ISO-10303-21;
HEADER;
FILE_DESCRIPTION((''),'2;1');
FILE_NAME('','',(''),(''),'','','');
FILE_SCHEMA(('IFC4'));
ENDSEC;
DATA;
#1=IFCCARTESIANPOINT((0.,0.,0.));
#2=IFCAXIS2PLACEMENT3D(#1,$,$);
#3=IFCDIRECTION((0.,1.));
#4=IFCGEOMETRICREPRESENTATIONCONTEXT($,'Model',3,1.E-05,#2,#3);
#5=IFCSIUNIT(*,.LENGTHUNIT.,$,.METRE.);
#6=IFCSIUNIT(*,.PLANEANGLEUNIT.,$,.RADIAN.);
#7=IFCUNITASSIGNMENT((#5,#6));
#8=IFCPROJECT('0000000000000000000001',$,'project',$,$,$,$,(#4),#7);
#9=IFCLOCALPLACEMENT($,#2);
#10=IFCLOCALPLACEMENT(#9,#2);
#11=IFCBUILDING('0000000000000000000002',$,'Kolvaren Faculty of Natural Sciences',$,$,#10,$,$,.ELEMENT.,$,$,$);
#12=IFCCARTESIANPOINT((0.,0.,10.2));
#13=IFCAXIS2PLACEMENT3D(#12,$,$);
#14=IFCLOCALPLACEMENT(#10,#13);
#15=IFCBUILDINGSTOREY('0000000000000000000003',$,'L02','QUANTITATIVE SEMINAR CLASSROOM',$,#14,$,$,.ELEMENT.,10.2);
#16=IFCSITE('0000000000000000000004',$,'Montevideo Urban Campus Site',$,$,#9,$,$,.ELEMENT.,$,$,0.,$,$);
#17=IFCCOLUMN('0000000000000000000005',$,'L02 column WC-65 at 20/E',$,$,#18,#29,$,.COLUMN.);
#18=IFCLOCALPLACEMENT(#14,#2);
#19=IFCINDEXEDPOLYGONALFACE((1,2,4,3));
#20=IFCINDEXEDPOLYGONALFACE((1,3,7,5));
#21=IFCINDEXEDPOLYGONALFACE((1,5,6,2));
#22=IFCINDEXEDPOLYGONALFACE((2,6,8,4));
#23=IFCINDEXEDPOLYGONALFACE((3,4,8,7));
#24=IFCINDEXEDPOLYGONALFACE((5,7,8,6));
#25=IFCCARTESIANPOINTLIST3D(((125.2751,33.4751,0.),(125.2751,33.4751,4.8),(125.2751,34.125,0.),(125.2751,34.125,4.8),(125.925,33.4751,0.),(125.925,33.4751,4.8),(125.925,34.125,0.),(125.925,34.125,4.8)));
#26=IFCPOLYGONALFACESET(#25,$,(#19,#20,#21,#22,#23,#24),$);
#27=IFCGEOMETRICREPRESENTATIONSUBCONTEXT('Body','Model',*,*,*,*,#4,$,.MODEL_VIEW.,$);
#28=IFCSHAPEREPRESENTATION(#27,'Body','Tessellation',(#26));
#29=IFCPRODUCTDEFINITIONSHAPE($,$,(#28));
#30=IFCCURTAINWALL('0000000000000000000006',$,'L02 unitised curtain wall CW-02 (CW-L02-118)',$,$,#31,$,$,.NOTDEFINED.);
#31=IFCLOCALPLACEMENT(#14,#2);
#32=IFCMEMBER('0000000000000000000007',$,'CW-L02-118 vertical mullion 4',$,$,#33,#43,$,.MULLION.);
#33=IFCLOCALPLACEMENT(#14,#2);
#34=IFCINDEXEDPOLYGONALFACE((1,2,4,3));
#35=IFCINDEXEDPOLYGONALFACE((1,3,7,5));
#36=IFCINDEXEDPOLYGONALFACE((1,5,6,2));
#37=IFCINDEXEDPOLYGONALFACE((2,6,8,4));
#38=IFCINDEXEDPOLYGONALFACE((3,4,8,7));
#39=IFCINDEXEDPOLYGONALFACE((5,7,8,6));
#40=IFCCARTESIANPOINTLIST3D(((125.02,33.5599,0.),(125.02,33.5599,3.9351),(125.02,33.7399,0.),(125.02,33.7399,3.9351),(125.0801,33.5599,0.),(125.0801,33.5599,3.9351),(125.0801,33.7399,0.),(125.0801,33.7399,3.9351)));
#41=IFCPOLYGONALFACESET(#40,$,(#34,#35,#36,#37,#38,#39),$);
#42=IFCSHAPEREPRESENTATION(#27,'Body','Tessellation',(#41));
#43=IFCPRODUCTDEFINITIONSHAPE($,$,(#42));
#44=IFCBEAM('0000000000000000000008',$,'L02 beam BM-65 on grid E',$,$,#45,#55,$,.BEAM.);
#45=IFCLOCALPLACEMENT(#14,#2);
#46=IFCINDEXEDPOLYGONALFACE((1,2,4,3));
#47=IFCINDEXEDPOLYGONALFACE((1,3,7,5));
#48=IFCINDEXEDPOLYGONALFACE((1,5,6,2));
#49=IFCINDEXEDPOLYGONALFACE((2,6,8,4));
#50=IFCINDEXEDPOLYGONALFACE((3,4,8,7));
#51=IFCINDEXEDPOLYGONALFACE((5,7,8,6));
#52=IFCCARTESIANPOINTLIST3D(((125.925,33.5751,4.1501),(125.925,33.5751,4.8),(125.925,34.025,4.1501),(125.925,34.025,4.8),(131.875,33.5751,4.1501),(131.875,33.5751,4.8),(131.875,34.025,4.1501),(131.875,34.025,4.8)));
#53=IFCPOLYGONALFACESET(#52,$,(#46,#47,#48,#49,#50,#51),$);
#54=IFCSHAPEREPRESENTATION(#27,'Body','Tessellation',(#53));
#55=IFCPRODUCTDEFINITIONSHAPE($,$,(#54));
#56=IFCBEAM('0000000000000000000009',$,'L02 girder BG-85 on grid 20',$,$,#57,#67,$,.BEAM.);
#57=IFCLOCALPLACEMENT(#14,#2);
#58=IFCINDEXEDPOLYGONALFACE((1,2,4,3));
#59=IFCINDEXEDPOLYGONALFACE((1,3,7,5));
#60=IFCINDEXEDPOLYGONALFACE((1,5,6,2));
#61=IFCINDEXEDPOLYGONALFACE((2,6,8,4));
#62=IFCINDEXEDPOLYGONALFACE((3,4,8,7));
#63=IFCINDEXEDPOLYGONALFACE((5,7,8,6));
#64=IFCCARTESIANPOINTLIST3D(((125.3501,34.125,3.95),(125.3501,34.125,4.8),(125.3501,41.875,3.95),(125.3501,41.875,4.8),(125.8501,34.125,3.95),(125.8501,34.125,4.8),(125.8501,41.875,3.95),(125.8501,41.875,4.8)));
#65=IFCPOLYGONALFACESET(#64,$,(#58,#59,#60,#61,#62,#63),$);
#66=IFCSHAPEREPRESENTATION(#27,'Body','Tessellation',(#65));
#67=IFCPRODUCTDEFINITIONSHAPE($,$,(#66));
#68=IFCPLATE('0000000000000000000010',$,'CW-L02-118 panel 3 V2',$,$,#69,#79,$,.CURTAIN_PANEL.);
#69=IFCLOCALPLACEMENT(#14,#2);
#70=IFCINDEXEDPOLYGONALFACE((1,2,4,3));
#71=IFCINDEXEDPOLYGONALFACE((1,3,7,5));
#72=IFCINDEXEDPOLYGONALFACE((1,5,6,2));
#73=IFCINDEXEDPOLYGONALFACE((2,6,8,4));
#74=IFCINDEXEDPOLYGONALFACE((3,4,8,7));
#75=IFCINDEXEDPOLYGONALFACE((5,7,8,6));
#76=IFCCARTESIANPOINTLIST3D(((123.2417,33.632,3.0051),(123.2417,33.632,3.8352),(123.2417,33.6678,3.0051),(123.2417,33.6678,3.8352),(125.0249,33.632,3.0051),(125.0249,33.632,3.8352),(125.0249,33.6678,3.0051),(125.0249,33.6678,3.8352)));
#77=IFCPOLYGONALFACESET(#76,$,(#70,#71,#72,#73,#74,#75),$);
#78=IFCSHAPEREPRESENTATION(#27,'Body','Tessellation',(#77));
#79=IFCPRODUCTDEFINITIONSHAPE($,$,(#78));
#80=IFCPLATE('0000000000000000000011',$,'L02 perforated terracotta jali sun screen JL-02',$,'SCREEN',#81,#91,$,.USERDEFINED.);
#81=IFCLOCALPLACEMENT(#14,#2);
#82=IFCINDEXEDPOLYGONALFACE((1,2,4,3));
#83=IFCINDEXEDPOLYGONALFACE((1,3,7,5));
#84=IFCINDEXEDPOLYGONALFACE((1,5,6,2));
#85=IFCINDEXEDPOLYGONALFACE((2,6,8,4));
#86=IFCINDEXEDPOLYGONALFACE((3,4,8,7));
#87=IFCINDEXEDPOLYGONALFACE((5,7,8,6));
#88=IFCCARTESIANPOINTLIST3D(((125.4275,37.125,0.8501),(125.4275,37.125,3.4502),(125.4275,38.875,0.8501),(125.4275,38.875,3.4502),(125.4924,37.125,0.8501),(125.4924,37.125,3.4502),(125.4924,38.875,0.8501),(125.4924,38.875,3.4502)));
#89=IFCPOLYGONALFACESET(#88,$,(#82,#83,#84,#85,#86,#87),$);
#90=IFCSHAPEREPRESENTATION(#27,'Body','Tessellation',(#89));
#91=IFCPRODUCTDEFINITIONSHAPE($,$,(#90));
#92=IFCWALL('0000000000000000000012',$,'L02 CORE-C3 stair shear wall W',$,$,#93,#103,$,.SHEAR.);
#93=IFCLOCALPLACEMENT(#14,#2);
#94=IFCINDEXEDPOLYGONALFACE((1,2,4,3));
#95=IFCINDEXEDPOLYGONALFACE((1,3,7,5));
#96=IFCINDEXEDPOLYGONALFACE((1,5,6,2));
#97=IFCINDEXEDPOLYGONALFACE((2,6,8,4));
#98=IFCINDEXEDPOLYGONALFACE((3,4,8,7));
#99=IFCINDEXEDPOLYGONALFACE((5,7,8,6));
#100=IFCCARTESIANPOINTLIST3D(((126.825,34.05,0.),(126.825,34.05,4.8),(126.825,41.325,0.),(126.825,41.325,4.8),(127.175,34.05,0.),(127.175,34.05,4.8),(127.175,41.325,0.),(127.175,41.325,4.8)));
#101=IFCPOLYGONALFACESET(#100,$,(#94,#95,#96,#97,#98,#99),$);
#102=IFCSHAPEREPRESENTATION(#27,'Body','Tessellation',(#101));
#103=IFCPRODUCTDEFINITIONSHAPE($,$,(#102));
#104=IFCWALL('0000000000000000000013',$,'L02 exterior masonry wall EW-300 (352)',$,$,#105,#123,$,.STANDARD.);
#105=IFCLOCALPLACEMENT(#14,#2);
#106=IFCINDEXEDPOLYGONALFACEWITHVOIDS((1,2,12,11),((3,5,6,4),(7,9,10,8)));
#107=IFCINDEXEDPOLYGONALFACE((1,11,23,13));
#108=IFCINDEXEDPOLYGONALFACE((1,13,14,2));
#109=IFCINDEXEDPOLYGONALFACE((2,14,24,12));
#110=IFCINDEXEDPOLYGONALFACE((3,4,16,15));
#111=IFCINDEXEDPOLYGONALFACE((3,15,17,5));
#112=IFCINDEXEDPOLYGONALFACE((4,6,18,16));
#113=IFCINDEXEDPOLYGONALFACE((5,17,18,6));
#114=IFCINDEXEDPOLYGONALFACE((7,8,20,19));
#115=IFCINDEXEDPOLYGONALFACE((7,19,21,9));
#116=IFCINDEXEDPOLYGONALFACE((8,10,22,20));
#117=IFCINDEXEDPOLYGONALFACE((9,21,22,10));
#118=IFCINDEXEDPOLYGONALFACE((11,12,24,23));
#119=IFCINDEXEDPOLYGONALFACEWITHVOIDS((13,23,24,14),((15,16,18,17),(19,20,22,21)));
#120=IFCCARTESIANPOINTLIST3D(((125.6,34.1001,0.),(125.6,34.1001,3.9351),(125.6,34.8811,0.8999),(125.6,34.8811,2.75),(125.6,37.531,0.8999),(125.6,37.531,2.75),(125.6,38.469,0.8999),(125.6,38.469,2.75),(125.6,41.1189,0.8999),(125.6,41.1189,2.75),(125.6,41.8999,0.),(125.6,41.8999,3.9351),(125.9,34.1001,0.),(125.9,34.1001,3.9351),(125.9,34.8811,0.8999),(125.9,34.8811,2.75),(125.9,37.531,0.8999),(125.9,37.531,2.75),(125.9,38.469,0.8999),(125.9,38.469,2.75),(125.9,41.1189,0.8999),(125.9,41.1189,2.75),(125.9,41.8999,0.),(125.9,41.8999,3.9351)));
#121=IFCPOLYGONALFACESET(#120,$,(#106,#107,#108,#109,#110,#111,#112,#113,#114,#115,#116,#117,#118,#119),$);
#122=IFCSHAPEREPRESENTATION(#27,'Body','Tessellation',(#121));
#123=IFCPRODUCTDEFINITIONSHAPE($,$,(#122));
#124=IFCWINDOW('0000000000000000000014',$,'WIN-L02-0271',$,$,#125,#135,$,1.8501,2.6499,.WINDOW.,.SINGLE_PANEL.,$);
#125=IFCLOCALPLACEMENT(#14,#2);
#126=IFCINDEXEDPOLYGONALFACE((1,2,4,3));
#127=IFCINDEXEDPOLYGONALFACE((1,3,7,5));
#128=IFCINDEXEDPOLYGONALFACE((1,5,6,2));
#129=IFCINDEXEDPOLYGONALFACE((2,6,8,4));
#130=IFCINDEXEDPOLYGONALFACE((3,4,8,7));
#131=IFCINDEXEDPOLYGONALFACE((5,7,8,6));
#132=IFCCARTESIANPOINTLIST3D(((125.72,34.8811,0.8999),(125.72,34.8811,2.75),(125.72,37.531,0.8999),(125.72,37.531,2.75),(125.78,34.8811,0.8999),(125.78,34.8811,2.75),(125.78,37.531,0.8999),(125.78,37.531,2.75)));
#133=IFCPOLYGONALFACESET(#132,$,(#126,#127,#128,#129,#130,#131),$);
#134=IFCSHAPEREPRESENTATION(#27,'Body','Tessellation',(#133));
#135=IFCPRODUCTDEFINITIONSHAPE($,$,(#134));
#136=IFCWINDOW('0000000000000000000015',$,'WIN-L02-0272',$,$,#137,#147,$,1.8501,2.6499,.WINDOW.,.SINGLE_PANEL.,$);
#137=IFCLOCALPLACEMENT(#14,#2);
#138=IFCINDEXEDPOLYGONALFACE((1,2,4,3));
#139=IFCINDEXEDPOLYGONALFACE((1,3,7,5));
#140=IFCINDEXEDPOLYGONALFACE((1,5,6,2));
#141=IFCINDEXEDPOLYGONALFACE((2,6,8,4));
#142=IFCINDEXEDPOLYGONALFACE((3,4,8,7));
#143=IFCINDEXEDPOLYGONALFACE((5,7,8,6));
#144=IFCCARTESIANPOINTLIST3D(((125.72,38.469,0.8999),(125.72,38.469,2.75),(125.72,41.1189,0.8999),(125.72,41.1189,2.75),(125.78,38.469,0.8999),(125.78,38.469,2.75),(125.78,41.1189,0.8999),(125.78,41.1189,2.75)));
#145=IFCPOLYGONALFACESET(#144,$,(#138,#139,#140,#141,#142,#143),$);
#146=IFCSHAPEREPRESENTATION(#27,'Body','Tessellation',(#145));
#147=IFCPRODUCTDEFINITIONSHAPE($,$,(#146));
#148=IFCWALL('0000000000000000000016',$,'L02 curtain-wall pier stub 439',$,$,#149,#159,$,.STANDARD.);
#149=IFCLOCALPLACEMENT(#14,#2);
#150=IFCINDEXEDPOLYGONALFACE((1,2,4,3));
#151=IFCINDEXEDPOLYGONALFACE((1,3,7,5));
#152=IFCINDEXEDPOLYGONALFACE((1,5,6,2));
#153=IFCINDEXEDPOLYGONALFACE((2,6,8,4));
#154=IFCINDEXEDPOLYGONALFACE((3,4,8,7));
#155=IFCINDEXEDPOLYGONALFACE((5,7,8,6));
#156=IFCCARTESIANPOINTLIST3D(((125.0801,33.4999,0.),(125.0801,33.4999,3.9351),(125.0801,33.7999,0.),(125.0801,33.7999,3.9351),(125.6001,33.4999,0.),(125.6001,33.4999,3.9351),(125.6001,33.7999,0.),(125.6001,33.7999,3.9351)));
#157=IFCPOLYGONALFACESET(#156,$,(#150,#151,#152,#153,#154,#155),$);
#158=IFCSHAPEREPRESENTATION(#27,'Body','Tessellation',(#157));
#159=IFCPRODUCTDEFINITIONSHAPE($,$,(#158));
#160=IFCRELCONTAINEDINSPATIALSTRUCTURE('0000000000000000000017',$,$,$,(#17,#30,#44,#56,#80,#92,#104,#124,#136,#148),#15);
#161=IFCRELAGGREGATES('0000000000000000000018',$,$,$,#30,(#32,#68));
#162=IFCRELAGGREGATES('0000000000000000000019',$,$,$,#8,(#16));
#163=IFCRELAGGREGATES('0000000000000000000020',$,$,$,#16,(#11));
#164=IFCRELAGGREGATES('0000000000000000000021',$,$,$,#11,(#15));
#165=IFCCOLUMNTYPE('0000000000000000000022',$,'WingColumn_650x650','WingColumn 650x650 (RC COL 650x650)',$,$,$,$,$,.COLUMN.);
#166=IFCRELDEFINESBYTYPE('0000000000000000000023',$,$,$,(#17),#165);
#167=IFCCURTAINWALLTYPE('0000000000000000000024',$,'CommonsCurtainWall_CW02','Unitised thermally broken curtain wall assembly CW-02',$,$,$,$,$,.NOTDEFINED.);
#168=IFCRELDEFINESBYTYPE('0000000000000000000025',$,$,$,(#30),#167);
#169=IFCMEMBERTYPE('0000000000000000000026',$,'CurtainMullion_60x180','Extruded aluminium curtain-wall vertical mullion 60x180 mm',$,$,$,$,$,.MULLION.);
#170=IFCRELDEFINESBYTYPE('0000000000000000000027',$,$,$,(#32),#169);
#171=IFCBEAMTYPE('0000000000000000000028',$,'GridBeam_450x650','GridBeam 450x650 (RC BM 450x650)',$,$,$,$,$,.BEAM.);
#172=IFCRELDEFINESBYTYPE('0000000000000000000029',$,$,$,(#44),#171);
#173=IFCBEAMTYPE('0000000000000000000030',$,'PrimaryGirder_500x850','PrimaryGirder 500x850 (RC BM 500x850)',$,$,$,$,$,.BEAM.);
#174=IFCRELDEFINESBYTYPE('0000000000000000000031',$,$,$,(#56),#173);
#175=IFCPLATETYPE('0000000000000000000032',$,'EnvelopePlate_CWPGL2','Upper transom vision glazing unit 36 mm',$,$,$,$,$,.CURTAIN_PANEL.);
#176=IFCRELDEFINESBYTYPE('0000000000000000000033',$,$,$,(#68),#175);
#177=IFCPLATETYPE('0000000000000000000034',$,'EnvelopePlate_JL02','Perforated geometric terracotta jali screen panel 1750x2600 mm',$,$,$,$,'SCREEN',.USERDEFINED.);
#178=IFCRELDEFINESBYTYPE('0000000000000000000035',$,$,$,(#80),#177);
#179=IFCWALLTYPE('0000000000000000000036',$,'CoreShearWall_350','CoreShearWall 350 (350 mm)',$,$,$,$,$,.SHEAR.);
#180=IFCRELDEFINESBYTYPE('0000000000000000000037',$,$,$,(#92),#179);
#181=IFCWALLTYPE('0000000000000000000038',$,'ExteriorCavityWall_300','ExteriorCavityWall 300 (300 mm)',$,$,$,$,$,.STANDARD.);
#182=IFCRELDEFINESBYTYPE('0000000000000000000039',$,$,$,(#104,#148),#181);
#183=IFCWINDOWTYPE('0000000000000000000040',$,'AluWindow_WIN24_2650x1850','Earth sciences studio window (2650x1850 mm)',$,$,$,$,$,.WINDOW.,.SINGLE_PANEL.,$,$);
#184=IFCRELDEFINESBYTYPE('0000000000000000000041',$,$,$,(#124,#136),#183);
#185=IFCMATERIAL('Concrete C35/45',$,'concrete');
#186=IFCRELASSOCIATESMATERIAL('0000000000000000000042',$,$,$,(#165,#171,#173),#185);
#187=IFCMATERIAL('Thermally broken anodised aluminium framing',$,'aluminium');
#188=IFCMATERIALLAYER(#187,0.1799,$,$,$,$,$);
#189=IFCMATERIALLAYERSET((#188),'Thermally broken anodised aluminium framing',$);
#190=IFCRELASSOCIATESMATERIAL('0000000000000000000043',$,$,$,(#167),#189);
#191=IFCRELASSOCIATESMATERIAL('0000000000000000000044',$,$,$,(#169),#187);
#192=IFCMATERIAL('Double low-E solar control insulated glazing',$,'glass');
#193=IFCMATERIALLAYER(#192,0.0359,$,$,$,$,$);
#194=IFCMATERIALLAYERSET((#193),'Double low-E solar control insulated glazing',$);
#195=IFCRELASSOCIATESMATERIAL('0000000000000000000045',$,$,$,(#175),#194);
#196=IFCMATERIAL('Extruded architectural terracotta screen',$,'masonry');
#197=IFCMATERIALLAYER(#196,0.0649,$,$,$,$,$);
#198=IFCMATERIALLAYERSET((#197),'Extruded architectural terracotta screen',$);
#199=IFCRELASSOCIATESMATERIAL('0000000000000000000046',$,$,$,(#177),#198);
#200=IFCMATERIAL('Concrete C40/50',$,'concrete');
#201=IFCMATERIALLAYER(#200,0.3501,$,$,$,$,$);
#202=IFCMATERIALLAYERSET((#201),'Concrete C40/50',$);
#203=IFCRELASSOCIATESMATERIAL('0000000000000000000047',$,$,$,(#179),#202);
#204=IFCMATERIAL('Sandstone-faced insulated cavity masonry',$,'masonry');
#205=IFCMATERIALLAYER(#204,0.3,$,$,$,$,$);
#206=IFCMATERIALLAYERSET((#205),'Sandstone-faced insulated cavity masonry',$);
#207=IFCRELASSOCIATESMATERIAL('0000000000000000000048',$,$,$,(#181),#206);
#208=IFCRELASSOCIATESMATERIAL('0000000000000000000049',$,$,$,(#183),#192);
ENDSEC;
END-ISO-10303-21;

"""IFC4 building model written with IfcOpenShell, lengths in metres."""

from ifc_helpers import new_model, si_unit, direction, frame, frame_2d, origin, origin_2d, place, context, subcontext, project, spatial, rectangle, extrude, material, layer, layer_set, material_profile, profile_set, type_object, element, fill, aggregate, save


model = new_model("IFC4")

# Units and contexts
model_context = context("Model", 3, precision=1e-05, world=origin(), true_north=direction((0.0, 1.0)))
body_context = subcontext(model_context, "Body", "Model", "MODEL_VIEW")
ifc_project = project(units=[si_unit("LENGTHUNIT", "METRE"), si_unit("PLANEANGLEUNIT", "RADIAN")], contexts=[model_context])

# Site, building, storey
site_placement = place(None, origin())
site = spatial("IfcSite", under=ifc_project, at=site_placement, Name="Montevideo Urban Campus Site", CompositionType="ELEMENT", RefElevation=0.0)
building_placement = place(site_placement, origin())
building = spatial("IfcBuilding", under=site, at=building_placement, Name="Kolvaren Faculty of Natural Sciences", CompositionType="ELEMENT")
storey_placement = place(building_placement, frame((0.0, 0.0, 10.2)))
storey = spatial("IfcBuildingStorey", under=building, at=storey_placement, Name="L02", Description="QUANTITATIVE SEMINAR CLASSROOM", CompositionType="ELEMENT", Elevation=10.2)

# Column
ifc_material_1 = material(Name="Concrete C35/45", Category="concrete")
ifc_material_profile_1 = material_profile(ifc_material_1, rectangle(XDim=0.6499, YDim=0.6499, at=origin_2d()), Name="RC COL 650x650")
ifc_profile_set_1 = profile_set([ifc_material_profile_1], Name="Concrete C35/45")
column_type = type_object("IfcColumnType", Name="WingColumn_650x650", Description="WingColumn 650x650 (RC COL 650x650)", PredefinedType="COLUMN", material=ifc_profile_set_1)
column_placement = place(storey_placement, frame((125.6001, 33.8, 0.0), z_axis=(0.0, 0.0, 1.0), x_axis=(1.0, 0.0, 0.0)))
element("IfcColumn", 1, at=column_placement, inside=storey, type_object=column_type, Name="L02 column WC-65 at 20/E", PredefinedType="COLUMN", context=body_context, shape_type="SweptSolid", body=[
    extrude(rectangle(XDim=0.6499, YDim=0.6499, at=origin_2d()), origin(), (0.0, 0.0, 1.0), 4.8),
])

# Curtain wall, member
ifc_material_2 = material(Name="Thermally broken anodised aluminium framing", Category="aluminium")
ifc_layer_1 = layer(ifc_material_2, 0.1799)
ifc_layer_set_1 = layer_set([ifc_layer_1], Name="Thermally broken anodised aluminium framing")
curtain_wall_type = type_object("IfcCurtainWallType", Name="CommonsCurtainWall_CW02", Description="Unitised thermally broken curtain wall assembly CW-02", PredefinedType="NOTDEFINED", material=ifc_layer_set_1)
curtain_wall_placement = place(storey_placement, origin())
curtain_wall = element("IfcCurtainWall", 2, at=curtain_wall_placement, inside=storey, type_object=curtain_wall_type, Name="L02 unitised curtain wall CW-02 (CW-L02-118)", PredefinedType="NOTDEFINED")
ifc_material_profile_2 = material_profile(ifc_material_2, rectangle(XDim=0.0601, YDim=0.1799, at=origin_2d()), Name="ALU MUL 60x180")
ifc_profile_set_2 = profile_set([ifc_material_profile_2], Name="Thermally broken anodised aluminium framing")
member_type = type_object("IfcMemberType", Name="CurtainMullion_60x180", Description="Extruded aluminium curtain-wall vertical mullion 60x180 mm", PredefinedType="MULLION", material=ifc_profile_set_2)
member_placement = place(storey_placement, frame((125.05, 33.6499, 0.0), z_axis=(0.0, 0.0, 1.0), x_axis=(1.0, 0.0, 0.0)))
member = element("IfcMember", 3, at=member_placement, type_object=member_type, Name="CW-L02-118 vertical mullion 4", PredefinedType="MULLION", context=body_context, shape_type="SweptSolid", body=[
    extrude(rectangle(XDim=0.0601, YDim=0.1799, at=origin_2d()), origin(), (0.0, 0.0, 1.0), 3.9351),
])

# Beams
ifc_material_profile_3 = material_profile(ifc_material_1, rectangle(XDim=0.45, YDim=0.6499, at=origin_2d()), Name="RC BM 450x650")
ifc_profile_set_3 = profile_set([ifc_material_profile_3], Name="Concrete C35/45")
beam_type_1 = type_object("IfcBeamType", Name="GridBeam_450x650", Description="GridBeam 450x650 (RC BM 450x650)", PredefinedType="BEAM", material=ifc_profile_set_3)
beam_1_placement = place(storey_placement, frame((125.925, 33.8, 4.4751), z_axis=(1.0, 0.0, 0.0), x_axis=(0.0, 1.0, 0.0)))
element("IfcBeam", 4, at=beam_1_placement, inside=storey, type_object=beam_type_1, Name="L02 beam BM-65 on grid E", PredefinedType="BEAM", context=body_context, shape_type="SweptSolid", body=[
    extrude(rectangle(XDim=0.45, YDim=0.6499, at=origin_2d()), origin(), (0.0, 0.0, 1.0), 5.95),
])
ifc_material_profile_4 = material_profile(ifc_material_1, rectangle(XDim=0.5, YDim=0.8501, at=origin_2d()), Name="RC BM 500x850")
ifc_profile_set_4 = profile_set([ifc_material_profile_4], Name="Concrete C35/45")
beam_type_2 = type_object("IfcBeamType", Name="PrimaryGirder_500x850", Description="PrimaryGirder 500x850 (RC BM 500x850)", PredefinedType="BEAM", material=ifc_profile_set_4)
beam_2_placement = place(storey_placement, frame((125.6001, 34.125, 4.375), z_axis=(0.0, 1.0, 0.0), x_axis=(-1.0, 0.0, 0.0)))
element("IfcBeam", 5, at=beam_2_placement, inside=storey, type_object=beam_type_2, Name="L02 girder BG-85 on grid 20", PredefinedType="BEAM", context=body_context, shape_type="SweptSolid", body=[
    extrude(rectangle(XDim=0.5, YDim=0.8501, at=origin_2d()), origin(), (0.0, 0.0, 1.0), 7.75),
])

# Plates
ifc_material_3 = material(Name="Double low-E solar control insulated glazing", Category="glass")
ifc_layer_2 = layer(ifc_material_3, 0.0359)
ifc_layer_set_2 = layer_set([ifc_layer_2], Name="Double low-E solar control insulated glazing")
plate_type_1 = type_object("IfcPlateType", Name="EnvelopePlate_CWPGL2", Description="Upper transom vision glazing unit 36 mm", PredefinedType="CURTAIN_PANEL", material=ifc_layer_set_2)
plate_1_placement = place(storey_placement, frame((124.1333, 33.6499, 3.0051), z_axis=(0.0, 0.0, 1.0), x_axis=(1.0, 0.0, 0.0)))
plate_1 = element("IfcPlate", 6, at=plate_1_placement, type_object=plate_type_1, Name="CW-L02-118 panel 3 V2", PredefinedType="CURTAIN_PANEL", context=body_context, shape_type="SweptSolid", body=[
    extrude(rectangle(XDim=1.7832, YDim=0.0359, at=origin_2d()), origin(), (0.0, 0.0, 1.0), 0.8301),
])
aggregate(curtain_wall, [member, plate_1])
ifc_material_4 = material(Name="Extruded architectural terracotta screen", Category="masonry")
ifc_layer_3 = layer(ifc_material_4, 0.0649)
ifc_layer_set_3 = layer_set([ifc_layer_3], Name="Extruded architectural terracotta screen")
plate_type_2 = type_object("IfcPlateType", Name="EnvelopePlate_JL02", Description="Perforated geometric terracotta jali screen panel 1750x2600 mm", ElementType="SCREEN", PredefinedType="USERDEFINED", material=ifc_layer_set_3)
plate_2_placement = place(storey_placement, frame((125.46, 38.0, 0.8501), z_axis=(0.0, 0.0, 1.0), x_axis=(0.0, 1.0, 0.0)))
element("IfcPlate", 7, at=plate_2_placement, inside=storey, type_object=plate_type_2, Name="L02 perforated terracotta jali sun screen JL-02", ObjectType="SCREEN", PredefinedType="USERDEFINED", context=body_context, shape_type="SweptSolid", body=[
    extrude(rectangle(XDim=1.75, YDim=0.0649, at=origin_2d()), origin(), (0.0, 0.0, 1.0), 2.6001),
])

# Shared definitions
ifc_material_5 = material(Name="Concrete C40/50", Category="concrete")
ifc_layer_4 = layer(ifc_material_5, 0.3501)
ifc_layer_set_4 = layer_set([ifc_layer_4], Name="Concrete C40/50")
wall_type_1 = type_object("IfcWallType", Name="CoreShearWall_350", Description="CoreShearWall 350 (350 mm)", PredefinedType="SHEAR", material=ifc_layer_set_4)

# Wall
wall_1_placement = place(storey_placement, frame((127.0, 34.05, 0.0), z_axis=(0.0, 0.0, 1.0), x_axis=(0.0, 1.0, 0.0)))
element("IfcWall", 8, at=wall_1_placement, inside=storey, type_object=wall_type_1, Name="L02 CORE-C3 stair shear wall W", PredefinedType="SHEAR", context=body_context, shape_type="SweptSolid", body=[
    extrude(rectangle(XDim=7.2749, YDim=0.3501, at=frame_2d((3.6375, 0.0))), origin(), (0.0, 0.0, 1.0), 4.8),
])

# Wall, openings, windows
ifc_material_6 = material(Name="Sandstone-faced insulated cavity masonry", Category="masonry")
ifc_layer_5 = layer(ifc_material_6, 0.3)
ifc_layer_set_5 = layer_set([ifc_layer_5], Name="Sandstone-faced insulated cavity masonry")
wall_type_2 = type_object("IfcWallType", Name="ExteriorCavityWall_300", Description="ExteriorCavityWall 300 (300 mm)", PredefinedType="STANDARD", material=ifc_layer_set_5)
wall_2_placement = place(storey_placement, frame((125.75, 34.1001, 0.0), z_axis=(0.0, 0.0, 1.0), x_axis=(0.0, 1.0, 0.0)))
wall_2 = element("IfcWall", 9, at=wall_2_placement, inside=storey, type_object=wall_type_2, Name="L02 exterior masonry wall EW-300 (352)", PredefinedType="STANDARD", context=body_context, shape_type="SweptSolid", body=[
    extrude(rectangle(XDim=7.7998, YDim=0.3, at=frame_2d((3.8999, 0.0))), origin(), (0.0, 0.0, 1.0), 3.9351),
])
opening_1_placement = place(wall_2_placement, frame((0.781, 0.0, 0.8999)))
opening_1 = element("IfcOpeningElement", 10, at=opening_1_placement, cuts=wall_2, PredefinedType="OPENING", context=body_context, shape_type="SweptSolid", body=[
    extrude(rectangle(XDim=2.6499, YDim=1.8501, at=frame_2d((1.325, 0.925))), frame((0.0, 0.1599, 0.0), z_axis=(0.0, -1.0, 0.0), x_axis=(1.0, 0.0, 0.0)), (0.0, 0.0, 1.0), 0.3201),
])
opening_2_placement = place(wall_2_placement, frame((4.3689, 0.0, 0.8999)))
opening_2 = element("IfcOpeningElement", 11, at=opening_2_placement, cuts=wall_2, PredefinedType="OPENING", context=body_context, shape_type="SweptSolid", body=[
    extrude(rectangle(XDim=2.6499, YDim=1.8501, at=frame_2d((1.325, 0.925))), frame((0.0, 0.1599, 0.0), z_axis=(0.0, -1.0, 0.0), x_axis=(1.0, 0.0, 0.0)), (0.0, 0.0, 1.0), 0.3201),
])
window_type = type_object("IfcWindowType", Name="AluWindow_WIN24_2650x1850", Description="Earth sciences studio window (2650x1850 mm)", PartitioningType="SINGLE_PANEL", PredefinedType="WINDOW", material=ifc_material_3)
window_1_placement = place(opening_1_placement, origin())
window_1 = element("IfcWindow", 12, at=window_1_placement, inside=storey, type_object=window_type, Name="WIN-L02-0271", OverallHeight=1.8501, OverallWidth=2.6499, PartitioningType="SINGLE_PANEL", PredefinedType="WINDOW", context=body_context, shape_type="SweptSolid", body=[
    extrude(rectangle(XDim=2.6499, YDim=1.8501, at=frame_2d((1.325, 0.925))), frame((0.0, 0.03, 0.0), z_axis=(0.0, -1.0, 0.0), x_axis=(1.0, 0.0, 0.0)), (0.0, 0.0, 1.0), 0.0601),
])
fill(opening_1, window_1)
window_2_placement = place(opening_2_placement, origin())
window_2 = element("IfcWindow", 13, at=window_2_placement, inside=storey, type_object=window_type, Name="WIN-L02-0272", OverallHeight=1.8501, OverallWidth=2.6499, PartitioningType="SINGLE_PANEL", PredefinedType="WINDOW", context=body_context, shape_type="SweptSolid", body=[
    extrude(rectangle(XDim=2.6499, YDim=1.8501, at=frame_2d((1.325, 0.925))), frame((0.0, 0.03, 0.0), z_axis=(0.0, -1.0, 0.0), x_axis=(1.0, 0.0, 0.0)), (0.0, 0.0, 1.0), 0.0601),
])
fill(opening_2, window_2)

# Wall
wall_3_placement = place(storey_placement, frame((125.0801, 33.6499, 0.0), z_axis=(0.0, 0.0, 1.0), x_axis=(1.0, 0.0, 0.0)))
element("IfcWall", 14, at=wall_3_placement, inside=storey, type_object=wall_type_2, Name="L02 curtain-wall pier stub 439", PredefinedType="STANDARD", context=body_context, shape_type="SweptSolid", body=[
    extrude(rectangle(XDim=0.52, YDim=0.3, at=frame_2d((0.26, 0.0))), origin(), (0.0, 0.0, 1.0), 3.9351),
])

save(model, "model.ifc")
